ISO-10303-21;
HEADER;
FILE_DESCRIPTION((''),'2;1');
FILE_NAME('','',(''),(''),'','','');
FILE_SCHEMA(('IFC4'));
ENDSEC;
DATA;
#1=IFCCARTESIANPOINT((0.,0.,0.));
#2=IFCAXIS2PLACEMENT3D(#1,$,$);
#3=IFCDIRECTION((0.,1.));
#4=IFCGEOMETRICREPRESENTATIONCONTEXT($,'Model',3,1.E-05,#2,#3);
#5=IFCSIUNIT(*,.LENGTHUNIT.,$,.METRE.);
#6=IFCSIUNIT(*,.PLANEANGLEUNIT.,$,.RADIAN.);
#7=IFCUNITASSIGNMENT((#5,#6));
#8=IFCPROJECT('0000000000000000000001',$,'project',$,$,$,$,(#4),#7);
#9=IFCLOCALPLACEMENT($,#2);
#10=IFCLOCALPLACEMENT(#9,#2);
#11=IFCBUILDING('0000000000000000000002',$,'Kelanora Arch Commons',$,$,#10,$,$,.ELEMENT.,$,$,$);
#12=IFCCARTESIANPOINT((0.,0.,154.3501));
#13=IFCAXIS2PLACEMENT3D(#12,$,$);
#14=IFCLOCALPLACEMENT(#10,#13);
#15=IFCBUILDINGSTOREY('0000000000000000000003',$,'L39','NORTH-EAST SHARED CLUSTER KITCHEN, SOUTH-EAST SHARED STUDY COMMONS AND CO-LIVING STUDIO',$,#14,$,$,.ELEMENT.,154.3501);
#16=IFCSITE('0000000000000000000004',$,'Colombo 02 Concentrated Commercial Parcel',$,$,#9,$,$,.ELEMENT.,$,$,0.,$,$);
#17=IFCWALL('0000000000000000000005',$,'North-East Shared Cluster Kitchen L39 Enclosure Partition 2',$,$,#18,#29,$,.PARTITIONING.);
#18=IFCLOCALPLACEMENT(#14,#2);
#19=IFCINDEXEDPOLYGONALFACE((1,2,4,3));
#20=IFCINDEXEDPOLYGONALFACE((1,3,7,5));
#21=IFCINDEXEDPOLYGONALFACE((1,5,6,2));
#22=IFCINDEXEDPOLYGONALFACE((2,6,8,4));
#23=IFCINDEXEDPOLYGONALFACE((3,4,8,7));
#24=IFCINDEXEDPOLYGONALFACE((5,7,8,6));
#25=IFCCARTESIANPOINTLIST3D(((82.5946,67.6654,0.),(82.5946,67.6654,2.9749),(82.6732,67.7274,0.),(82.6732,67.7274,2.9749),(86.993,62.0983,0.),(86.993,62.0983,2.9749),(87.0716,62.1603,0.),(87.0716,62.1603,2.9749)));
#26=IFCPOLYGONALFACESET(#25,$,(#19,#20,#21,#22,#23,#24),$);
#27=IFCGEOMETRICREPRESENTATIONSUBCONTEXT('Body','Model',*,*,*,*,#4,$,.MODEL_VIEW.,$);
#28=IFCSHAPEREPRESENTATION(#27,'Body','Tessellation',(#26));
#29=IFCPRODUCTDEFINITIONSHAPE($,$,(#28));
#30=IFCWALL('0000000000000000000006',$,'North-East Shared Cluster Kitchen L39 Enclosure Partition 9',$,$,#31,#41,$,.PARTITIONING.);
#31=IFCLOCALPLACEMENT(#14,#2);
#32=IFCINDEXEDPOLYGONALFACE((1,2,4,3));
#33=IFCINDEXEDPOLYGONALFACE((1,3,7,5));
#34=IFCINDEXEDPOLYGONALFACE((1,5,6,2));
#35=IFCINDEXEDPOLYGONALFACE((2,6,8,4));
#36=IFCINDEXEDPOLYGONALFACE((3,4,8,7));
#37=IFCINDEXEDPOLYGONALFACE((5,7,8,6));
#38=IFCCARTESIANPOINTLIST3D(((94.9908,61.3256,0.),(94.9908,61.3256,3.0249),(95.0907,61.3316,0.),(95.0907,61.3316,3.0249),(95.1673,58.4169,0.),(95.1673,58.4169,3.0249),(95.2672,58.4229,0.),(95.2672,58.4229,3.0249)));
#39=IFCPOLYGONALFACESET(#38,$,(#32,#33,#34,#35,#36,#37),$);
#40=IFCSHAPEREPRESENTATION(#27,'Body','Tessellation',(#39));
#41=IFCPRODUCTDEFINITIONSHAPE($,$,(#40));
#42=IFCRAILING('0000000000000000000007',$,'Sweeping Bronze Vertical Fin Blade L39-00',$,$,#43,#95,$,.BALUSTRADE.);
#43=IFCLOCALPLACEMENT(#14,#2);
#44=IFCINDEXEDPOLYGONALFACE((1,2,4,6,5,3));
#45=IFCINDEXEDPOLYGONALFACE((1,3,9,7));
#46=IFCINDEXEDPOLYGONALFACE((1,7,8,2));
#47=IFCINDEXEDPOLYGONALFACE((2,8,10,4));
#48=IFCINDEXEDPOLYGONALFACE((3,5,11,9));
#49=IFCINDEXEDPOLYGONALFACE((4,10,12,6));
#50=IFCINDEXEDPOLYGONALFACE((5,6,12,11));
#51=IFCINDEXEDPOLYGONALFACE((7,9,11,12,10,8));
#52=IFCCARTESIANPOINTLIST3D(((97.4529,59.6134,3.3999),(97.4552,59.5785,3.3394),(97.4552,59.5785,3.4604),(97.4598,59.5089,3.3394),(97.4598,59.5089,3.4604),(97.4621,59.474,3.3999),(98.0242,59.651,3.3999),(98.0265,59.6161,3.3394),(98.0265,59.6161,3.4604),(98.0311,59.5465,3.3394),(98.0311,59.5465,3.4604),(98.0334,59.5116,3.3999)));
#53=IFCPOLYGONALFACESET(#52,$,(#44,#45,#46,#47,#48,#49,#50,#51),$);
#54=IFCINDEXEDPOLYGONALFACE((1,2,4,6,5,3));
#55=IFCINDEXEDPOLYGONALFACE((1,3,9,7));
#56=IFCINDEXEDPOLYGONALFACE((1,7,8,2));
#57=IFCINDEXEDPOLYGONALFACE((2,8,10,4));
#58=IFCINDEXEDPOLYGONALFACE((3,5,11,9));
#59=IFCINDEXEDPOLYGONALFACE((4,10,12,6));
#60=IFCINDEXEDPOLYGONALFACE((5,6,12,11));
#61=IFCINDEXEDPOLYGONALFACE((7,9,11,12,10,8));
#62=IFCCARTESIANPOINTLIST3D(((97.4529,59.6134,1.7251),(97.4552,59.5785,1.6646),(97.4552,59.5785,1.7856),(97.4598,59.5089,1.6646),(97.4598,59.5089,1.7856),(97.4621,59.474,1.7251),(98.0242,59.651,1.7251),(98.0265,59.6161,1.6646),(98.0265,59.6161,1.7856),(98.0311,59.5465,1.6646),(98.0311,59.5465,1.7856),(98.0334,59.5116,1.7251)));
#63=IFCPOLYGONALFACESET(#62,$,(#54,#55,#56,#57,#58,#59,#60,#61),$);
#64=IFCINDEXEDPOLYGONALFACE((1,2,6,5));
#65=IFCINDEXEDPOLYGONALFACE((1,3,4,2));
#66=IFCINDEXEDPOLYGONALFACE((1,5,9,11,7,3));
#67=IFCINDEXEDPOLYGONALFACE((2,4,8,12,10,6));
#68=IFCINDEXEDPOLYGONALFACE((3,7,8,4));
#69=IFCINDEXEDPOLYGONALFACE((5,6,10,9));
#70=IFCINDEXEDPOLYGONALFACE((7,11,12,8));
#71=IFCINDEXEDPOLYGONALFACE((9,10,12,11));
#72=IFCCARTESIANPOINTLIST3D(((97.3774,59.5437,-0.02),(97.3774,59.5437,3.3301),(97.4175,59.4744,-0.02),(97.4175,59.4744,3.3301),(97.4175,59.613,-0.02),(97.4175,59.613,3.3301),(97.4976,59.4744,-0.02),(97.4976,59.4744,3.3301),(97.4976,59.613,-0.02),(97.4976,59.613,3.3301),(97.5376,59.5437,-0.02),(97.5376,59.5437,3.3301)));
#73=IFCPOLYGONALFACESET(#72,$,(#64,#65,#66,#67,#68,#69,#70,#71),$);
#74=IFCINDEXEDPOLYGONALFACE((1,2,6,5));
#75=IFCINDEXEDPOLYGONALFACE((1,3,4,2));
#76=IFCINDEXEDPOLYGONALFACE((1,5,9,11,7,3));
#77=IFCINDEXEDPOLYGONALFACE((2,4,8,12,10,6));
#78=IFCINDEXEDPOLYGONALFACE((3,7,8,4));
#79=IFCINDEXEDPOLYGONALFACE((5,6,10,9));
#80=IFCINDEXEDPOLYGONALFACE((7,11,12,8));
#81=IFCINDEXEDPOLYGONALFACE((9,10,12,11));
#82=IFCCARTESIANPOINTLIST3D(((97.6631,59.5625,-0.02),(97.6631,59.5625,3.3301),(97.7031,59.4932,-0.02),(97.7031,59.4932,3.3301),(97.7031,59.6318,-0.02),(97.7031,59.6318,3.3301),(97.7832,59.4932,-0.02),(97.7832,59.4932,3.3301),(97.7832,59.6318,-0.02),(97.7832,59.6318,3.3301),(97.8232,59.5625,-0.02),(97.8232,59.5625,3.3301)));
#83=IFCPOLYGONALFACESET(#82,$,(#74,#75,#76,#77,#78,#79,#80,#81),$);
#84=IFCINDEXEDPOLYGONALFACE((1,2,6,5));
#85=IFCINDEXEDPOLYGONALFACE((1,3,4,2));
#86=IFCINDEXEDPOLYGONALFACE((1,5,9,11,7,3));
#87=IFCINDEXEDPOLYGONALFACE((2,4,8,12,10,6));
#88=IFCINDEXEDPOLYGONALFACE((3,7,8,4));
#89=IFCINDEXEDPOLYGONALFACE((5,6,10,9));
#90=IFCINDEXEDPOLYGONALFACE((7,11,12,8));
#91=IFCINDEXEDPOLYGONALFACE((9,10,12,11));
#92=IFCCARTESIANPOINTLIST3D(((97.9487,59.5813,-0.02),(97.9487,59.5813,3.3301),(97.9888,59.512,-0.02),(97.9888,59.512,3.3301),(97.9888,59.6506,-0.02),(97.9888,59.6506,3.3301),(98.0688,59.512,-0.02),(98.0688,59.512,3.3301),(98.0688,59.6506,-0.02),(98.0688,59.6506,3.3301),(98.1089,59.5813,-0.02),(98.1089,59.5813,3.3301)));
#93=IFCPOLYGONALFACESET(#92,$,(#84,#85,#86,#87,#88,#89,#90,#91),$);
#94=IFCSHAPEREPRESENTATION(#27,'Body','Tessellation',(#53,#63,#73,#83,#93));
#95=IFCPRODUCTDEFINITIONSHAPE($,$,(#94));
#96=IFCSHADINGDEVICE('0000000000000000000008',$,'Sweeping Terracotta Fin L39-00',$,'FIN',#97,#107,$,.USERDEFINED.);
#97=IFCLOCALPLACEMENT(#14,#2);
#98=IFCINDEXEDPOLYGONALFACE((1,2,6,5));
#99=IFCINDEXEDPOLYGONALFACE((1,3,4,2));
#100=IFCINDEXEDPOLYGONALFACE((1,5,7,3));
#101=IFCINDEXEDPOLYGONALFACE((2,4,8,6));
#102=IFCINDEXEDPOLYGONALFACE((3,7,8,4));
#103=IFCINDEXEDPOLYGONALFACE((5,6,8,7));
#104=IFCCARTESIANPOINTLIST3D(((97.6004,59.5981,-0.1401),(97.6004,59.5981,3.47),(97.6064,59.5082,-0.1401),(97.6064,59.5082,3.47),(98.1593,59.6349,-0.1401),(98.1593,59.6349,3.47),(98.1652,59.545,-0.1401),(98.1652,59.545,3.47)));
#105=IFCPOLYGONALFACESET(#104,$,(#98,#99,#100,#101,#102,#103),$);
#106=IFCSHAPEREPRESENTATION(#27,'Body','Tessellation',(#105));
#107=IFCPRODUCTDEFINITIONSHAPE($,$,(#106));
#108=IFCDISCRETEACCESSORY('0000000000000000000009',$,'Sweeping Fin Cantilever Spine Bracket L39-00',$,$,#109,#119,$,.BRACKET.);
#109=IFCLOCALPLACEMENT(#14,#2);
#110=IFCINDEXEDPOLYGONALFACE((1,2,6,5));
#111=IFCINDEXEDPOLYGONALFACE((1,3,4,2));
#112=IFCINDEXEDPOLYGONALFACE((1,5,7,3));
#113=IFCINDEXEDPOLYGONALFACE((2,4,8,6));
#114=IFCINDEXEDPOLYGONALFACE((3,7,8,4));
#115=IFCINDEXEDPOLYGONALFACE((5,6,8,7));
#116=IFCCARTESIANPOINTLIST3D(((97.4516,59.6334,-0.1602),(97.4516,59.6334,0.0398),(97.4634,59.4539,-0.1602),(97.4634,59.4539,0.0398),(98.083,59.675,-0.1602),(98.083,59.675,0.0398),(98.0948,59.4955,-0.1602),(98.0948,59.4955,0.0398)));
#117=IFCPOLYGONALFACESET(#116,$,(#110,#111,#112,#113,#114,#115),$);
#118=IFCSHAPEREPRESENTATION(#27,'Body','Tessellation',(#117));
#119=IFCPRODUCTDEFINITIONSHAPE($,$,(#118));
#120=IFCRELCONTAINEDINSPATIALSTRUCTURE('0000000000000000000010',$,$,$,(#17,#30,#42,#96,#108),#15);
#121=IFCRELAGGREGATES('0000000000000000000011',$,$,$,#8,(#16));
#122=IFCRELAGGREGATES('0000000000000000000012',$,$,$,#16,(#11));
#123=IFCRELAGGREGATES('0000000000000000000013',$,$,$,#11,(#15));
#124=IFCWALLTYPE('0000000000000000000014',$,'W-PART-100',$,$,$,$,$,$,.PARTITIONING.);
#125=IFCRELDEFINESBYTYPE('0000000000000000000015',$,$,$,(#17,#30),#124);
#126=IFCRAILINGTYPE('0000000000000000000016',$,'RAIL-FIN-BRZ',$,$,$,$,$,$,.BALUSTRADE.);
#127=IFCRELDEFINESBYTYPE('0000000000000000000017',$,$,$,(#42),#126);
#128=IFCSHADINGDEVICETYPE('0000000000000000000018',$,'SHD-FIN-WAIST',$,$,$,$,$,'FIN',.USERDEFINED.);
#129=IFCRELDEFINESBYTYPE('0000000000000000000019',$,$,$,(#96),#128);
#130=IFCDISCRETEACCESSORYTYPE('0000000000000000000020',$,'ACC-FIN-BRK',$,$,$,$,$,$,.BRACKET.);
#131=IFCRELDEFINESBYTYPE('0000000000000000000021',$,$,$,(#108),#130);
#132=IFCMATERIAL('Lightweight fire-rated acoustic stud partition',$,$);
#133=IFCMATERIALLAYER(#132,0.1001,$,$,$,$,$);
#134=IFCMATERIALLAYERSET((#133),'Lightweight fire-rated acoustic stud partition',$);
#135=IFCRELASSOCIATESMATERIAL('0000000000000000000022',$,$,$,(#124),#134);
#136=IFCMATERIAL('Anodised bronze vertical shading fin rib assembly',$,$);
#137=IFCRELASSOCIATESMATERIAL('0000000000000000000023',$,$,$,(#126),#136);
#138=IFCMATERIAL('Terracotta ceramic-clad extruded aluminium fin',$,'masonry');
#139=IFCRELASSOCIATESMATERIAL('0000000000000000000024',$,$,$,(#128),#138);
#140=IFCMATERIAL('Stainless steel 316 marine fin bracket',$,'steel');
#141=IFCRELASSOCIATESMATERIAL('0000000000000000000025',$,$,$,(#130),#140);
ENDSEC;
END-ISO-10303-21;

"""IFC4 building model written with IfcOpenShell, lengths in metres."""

from ifc_helpers import new_model, si_unit, direction, frame, frame_2d, origin, origin_2d, place, context, subcontext, project, spatial, polyline, rectangle, outline, extrude, source, transform, mapped, material, layer, layer_set, type_object, element, save


model = new_model("IFC4")

# Units and contexts
model_context = context("Model", 3, precision=1e-05, world=origin(), true_north=direction((0.0, 1.0)))
body_context = subcontext(model_context, "Body", "Model", "MODEL_VIEW")
ifc_project = project(units=[si_unit("LENGTHUNIT", "METRE"), si_unit("PLANEANGLEUNIT", "RADIAN")], contexts=[model_context])

# Site, building, storey
site_placement = place(None, origin())
site = spatial("IfcSite", under=ifc_project, at=site_placement, Name="Colombo 02 Concentrated Commercial Parcel", CompositionType="ELEMENT", RefElevation=0.0)
building_placement = place(site_placement, origin())
building = spatial("IfcBuilding", under=site, at=building_placement, Name="Kelanora Arch Commons", CompositionType="ELEMENT")
storey_placement = place(building_placement, frame((0.0, 0.0, 154.3501)))
storey = spatial("IfcBuildingStorey", under=building, at=storey_placement, Name="L39", Description="NORTH-EAST SHARED CLUSTER KITCHEN, SOUTH-EAST SHARED STUDY COMMONS AND CO-LIVING STUDIO", CompositionType="ELEMENT", Elevation=154.3501)

# Walls
ifc_material_1 = material(Name="Lightweight fire-rated acoustic stud partition")
ifc_layer_1 = layer(ifc_material_1, 0.1001)
ifc_layer_set_1 = layer_set([ifc_layer_1], Name="Lightweight fire-rated acoustic stud partition")
wall_type = type_object("IfcWallType", Name="W-PART-100", PredefinedType="PARTITIONING", material=ifc_layer_set_1)
wall_1_placement = place(storey_placement, frame((87.0322, 62.1294, 0.0), z_axis=(0.0, 0.0, 1.0), x_axis=(-0.619933, 0.784655, 0.0)))
element("IfcWall", 1, at=wall_1_placement, inside=storey, type_object=wall_type, Name="North-East Shared Cluster Kitchen L39 Enclosure Partition 2", PredefinedType="PARTITIONING", context=body_context, shape_type="SweptSolid", body=[
    extrude(rectangle(XDim=7.095, YDim=0.1001, at=frame_2d((3.5474, 0.0))), origin(), (0.0, 0.0, 1.0), 2.9749),
])
wall_2_placement = place(storey_placement, frame((95.0408, 61.3286, 0.0), z_axis=(0.0, 0.0, 1.0), x_axis=(0.060573, -0.998164, 0.0)))
element("IfcWall", 2, at=wall_2_placement, inside=storey, type_object=wall_type, Name="North-East Shared Cluster Kitchen L39 Enclosure Partition 9", PredefinedType="PARTITIONING", context=body_context, shape_type="SweptSolid", body=[
    extrude(rectangle(XDim=2.9141, YDim=0.1001, at=frame_2d((1.457, 0.0))), origin(), (0.0, 0.0, 1.0), 3.0249),
])

# Railing
ifc_material_2 = material(Name="Anodised bronze vertical shading fin rib assembly")
railing_type_1 = type_object("IfcRailingType", Name="RAIL-FIN-BRZ", PredefinedType="BALUSTRADE", material=ifc_material_2)
railing_1_placement = place(storey_placement, frame((97.4575, 59.5437, -0.02)))
element("IfcRailing", 3, at=railing_1_placement, inside=storey, type_object=railing_type_1, Name="Sweeping Bronze Vertical Fin Blade L39-00", PredefinedType="BALUSTRADE", context=body_context, shape_type="SweptSolid", body=[
    extrude(outline(polyline([(0.0698, 0.0), (0.0349, 0.0605), (-0.0349, 0.0605), (-0.0698, 0.0), (-0.0349, -0.0605), (0.0349, -0.0605), (0.0698, 0.0)])), frame((0.0, 0.0, 3.4199), z_axis=(0.997841, 0.06567, 0.0), x_axis=(-0.06567, 0.997841, 0.0)), (0.0, 0.0, 1.0), 0.5725),
    extrude(outline(polyline([(0.0698, 0.0), (0.0349, 0.0605), (-0.0349, 0.0605), (-0.0698, 0.0), (-0.0349, -0.0605), (0.0349, -0.0605), (0.0698, 0.0)])), frame((0.0, 0.0, 1.7451), z_axis=(0.997841, 0.06567, 0.0), x_axis=(-0.06567, 0.997841, 0.0)), (0.0, 0.0, 1.0), 0.5725),
    extrude(outline(polyline([(0.0801, 0.0), (0.04, 0.0693), (-0.04, 0.0693), (-0.0801, 0.0), (-0.04, -0.0693), (0.04, -0.0693), (0.0801, 0.0)])), origin(), (0.0, 0.0, 1.0), 3.3501),
    extrude(outline(polyline([(0.0801, 0.0), (0.04, 0.0693), (-0.04, 0.0693), (-0.0801, 0.0), (-0.04, -0.0693), (0.04, -0.0693), (0.0801, 0.0)])), frame((0.2856, 0.0188, 0.0)), (0.0, 0.0, 1.0), 3.3501),
    extrude(outline(polyline([(0.0801, 0.0), (0.04, 0.0693), (-0.04, 0.0693), (-0.0801, 0.0), (-0.04, -0.0693), (0.04, -0.0693), (0.0801, 0.0)])), frame((0.5713, 0.0376, 0.0)), (0.0, 0.0, 1.0), 3.3501),
])

# Shading device
ifc_material_3 = material(Name="Terracotta ceramic-clad extruded aluminium fin", Category="masonry")
shading_device_type = type_object("IfcShadingDeviceType", Name="SHD-FIN-WAIST", ElementType="FIN", PredefinedType="USERDEFINED", material=ifc_material_3)
shared_shape_1 = source(origin(), body_context, "Body", "SweptSolid", [
    extrude(rectangle(XDim=0.5601, YDim=0.0901, at=origin_2d()), origin(), (0.0, 0.0, 1.0), 3.6101),
])
shading_device_placement = place(storey_placement, frame((97.8828, 59.5715, -0.1401), z_axis=(0.0, 0.0, 1.0), x_axis=(0.997836, 0.065751, 0.0)))
element("IfcShadingDevice", 4, at=shading_device_placement, inside=storey, type_object=shading_device_type, Name="Sweeping Terracotta Fin L39-00", ObjectType="FIN", PredefinedType="USERDEFINED", context=body_context, shape_type="MappedRepresentation", body=[
    mapped(shared_shape_1, transform((0.0, 0.0, 0.0), scale=1.0)),
])

# Discrete accessory
ifc_material_4 = material(Name="Stainless steel 316 marine fin bracket", Category="steel")
discrete_accessory_type = type_object("IfcDiscreteAccessoryType", Name="ACC-FIN-BRK", PredefinedType="BRACKET", material=ifc_material_4)
shared_shape_2 = source(origin(), body_context, "Body", "SweptSolid", [
    extrude(rectangle(XDim=0.6328, YDim=0.1799, at=origin_2d()), origin(), (0.0, 0.0, 1.0), 0.2),
])
discrete_accessory_placement = place(storey_placement, frame((97.7732, 59.5645, -0.1602), z_axis=(0.0, 0.0, 1.0), x_axis=(0.997836, 0.065751, 0.0)))
element("IfcDiscreteAccessory", 5, at=discrete_accessory_placement, inside=storey, type_object=discrete_accessory_type, Name="Sweeping Fin Cantilever Spine Bracket L39-00", PredefinedType="BRACKET", context=body_context, shape_type="MappedRepresentation", body=[
    mapped(shared_shape_2, transform((0.0, 0.0, 0.0), scale=1.0)),
])

save(model, "model.ifc")
